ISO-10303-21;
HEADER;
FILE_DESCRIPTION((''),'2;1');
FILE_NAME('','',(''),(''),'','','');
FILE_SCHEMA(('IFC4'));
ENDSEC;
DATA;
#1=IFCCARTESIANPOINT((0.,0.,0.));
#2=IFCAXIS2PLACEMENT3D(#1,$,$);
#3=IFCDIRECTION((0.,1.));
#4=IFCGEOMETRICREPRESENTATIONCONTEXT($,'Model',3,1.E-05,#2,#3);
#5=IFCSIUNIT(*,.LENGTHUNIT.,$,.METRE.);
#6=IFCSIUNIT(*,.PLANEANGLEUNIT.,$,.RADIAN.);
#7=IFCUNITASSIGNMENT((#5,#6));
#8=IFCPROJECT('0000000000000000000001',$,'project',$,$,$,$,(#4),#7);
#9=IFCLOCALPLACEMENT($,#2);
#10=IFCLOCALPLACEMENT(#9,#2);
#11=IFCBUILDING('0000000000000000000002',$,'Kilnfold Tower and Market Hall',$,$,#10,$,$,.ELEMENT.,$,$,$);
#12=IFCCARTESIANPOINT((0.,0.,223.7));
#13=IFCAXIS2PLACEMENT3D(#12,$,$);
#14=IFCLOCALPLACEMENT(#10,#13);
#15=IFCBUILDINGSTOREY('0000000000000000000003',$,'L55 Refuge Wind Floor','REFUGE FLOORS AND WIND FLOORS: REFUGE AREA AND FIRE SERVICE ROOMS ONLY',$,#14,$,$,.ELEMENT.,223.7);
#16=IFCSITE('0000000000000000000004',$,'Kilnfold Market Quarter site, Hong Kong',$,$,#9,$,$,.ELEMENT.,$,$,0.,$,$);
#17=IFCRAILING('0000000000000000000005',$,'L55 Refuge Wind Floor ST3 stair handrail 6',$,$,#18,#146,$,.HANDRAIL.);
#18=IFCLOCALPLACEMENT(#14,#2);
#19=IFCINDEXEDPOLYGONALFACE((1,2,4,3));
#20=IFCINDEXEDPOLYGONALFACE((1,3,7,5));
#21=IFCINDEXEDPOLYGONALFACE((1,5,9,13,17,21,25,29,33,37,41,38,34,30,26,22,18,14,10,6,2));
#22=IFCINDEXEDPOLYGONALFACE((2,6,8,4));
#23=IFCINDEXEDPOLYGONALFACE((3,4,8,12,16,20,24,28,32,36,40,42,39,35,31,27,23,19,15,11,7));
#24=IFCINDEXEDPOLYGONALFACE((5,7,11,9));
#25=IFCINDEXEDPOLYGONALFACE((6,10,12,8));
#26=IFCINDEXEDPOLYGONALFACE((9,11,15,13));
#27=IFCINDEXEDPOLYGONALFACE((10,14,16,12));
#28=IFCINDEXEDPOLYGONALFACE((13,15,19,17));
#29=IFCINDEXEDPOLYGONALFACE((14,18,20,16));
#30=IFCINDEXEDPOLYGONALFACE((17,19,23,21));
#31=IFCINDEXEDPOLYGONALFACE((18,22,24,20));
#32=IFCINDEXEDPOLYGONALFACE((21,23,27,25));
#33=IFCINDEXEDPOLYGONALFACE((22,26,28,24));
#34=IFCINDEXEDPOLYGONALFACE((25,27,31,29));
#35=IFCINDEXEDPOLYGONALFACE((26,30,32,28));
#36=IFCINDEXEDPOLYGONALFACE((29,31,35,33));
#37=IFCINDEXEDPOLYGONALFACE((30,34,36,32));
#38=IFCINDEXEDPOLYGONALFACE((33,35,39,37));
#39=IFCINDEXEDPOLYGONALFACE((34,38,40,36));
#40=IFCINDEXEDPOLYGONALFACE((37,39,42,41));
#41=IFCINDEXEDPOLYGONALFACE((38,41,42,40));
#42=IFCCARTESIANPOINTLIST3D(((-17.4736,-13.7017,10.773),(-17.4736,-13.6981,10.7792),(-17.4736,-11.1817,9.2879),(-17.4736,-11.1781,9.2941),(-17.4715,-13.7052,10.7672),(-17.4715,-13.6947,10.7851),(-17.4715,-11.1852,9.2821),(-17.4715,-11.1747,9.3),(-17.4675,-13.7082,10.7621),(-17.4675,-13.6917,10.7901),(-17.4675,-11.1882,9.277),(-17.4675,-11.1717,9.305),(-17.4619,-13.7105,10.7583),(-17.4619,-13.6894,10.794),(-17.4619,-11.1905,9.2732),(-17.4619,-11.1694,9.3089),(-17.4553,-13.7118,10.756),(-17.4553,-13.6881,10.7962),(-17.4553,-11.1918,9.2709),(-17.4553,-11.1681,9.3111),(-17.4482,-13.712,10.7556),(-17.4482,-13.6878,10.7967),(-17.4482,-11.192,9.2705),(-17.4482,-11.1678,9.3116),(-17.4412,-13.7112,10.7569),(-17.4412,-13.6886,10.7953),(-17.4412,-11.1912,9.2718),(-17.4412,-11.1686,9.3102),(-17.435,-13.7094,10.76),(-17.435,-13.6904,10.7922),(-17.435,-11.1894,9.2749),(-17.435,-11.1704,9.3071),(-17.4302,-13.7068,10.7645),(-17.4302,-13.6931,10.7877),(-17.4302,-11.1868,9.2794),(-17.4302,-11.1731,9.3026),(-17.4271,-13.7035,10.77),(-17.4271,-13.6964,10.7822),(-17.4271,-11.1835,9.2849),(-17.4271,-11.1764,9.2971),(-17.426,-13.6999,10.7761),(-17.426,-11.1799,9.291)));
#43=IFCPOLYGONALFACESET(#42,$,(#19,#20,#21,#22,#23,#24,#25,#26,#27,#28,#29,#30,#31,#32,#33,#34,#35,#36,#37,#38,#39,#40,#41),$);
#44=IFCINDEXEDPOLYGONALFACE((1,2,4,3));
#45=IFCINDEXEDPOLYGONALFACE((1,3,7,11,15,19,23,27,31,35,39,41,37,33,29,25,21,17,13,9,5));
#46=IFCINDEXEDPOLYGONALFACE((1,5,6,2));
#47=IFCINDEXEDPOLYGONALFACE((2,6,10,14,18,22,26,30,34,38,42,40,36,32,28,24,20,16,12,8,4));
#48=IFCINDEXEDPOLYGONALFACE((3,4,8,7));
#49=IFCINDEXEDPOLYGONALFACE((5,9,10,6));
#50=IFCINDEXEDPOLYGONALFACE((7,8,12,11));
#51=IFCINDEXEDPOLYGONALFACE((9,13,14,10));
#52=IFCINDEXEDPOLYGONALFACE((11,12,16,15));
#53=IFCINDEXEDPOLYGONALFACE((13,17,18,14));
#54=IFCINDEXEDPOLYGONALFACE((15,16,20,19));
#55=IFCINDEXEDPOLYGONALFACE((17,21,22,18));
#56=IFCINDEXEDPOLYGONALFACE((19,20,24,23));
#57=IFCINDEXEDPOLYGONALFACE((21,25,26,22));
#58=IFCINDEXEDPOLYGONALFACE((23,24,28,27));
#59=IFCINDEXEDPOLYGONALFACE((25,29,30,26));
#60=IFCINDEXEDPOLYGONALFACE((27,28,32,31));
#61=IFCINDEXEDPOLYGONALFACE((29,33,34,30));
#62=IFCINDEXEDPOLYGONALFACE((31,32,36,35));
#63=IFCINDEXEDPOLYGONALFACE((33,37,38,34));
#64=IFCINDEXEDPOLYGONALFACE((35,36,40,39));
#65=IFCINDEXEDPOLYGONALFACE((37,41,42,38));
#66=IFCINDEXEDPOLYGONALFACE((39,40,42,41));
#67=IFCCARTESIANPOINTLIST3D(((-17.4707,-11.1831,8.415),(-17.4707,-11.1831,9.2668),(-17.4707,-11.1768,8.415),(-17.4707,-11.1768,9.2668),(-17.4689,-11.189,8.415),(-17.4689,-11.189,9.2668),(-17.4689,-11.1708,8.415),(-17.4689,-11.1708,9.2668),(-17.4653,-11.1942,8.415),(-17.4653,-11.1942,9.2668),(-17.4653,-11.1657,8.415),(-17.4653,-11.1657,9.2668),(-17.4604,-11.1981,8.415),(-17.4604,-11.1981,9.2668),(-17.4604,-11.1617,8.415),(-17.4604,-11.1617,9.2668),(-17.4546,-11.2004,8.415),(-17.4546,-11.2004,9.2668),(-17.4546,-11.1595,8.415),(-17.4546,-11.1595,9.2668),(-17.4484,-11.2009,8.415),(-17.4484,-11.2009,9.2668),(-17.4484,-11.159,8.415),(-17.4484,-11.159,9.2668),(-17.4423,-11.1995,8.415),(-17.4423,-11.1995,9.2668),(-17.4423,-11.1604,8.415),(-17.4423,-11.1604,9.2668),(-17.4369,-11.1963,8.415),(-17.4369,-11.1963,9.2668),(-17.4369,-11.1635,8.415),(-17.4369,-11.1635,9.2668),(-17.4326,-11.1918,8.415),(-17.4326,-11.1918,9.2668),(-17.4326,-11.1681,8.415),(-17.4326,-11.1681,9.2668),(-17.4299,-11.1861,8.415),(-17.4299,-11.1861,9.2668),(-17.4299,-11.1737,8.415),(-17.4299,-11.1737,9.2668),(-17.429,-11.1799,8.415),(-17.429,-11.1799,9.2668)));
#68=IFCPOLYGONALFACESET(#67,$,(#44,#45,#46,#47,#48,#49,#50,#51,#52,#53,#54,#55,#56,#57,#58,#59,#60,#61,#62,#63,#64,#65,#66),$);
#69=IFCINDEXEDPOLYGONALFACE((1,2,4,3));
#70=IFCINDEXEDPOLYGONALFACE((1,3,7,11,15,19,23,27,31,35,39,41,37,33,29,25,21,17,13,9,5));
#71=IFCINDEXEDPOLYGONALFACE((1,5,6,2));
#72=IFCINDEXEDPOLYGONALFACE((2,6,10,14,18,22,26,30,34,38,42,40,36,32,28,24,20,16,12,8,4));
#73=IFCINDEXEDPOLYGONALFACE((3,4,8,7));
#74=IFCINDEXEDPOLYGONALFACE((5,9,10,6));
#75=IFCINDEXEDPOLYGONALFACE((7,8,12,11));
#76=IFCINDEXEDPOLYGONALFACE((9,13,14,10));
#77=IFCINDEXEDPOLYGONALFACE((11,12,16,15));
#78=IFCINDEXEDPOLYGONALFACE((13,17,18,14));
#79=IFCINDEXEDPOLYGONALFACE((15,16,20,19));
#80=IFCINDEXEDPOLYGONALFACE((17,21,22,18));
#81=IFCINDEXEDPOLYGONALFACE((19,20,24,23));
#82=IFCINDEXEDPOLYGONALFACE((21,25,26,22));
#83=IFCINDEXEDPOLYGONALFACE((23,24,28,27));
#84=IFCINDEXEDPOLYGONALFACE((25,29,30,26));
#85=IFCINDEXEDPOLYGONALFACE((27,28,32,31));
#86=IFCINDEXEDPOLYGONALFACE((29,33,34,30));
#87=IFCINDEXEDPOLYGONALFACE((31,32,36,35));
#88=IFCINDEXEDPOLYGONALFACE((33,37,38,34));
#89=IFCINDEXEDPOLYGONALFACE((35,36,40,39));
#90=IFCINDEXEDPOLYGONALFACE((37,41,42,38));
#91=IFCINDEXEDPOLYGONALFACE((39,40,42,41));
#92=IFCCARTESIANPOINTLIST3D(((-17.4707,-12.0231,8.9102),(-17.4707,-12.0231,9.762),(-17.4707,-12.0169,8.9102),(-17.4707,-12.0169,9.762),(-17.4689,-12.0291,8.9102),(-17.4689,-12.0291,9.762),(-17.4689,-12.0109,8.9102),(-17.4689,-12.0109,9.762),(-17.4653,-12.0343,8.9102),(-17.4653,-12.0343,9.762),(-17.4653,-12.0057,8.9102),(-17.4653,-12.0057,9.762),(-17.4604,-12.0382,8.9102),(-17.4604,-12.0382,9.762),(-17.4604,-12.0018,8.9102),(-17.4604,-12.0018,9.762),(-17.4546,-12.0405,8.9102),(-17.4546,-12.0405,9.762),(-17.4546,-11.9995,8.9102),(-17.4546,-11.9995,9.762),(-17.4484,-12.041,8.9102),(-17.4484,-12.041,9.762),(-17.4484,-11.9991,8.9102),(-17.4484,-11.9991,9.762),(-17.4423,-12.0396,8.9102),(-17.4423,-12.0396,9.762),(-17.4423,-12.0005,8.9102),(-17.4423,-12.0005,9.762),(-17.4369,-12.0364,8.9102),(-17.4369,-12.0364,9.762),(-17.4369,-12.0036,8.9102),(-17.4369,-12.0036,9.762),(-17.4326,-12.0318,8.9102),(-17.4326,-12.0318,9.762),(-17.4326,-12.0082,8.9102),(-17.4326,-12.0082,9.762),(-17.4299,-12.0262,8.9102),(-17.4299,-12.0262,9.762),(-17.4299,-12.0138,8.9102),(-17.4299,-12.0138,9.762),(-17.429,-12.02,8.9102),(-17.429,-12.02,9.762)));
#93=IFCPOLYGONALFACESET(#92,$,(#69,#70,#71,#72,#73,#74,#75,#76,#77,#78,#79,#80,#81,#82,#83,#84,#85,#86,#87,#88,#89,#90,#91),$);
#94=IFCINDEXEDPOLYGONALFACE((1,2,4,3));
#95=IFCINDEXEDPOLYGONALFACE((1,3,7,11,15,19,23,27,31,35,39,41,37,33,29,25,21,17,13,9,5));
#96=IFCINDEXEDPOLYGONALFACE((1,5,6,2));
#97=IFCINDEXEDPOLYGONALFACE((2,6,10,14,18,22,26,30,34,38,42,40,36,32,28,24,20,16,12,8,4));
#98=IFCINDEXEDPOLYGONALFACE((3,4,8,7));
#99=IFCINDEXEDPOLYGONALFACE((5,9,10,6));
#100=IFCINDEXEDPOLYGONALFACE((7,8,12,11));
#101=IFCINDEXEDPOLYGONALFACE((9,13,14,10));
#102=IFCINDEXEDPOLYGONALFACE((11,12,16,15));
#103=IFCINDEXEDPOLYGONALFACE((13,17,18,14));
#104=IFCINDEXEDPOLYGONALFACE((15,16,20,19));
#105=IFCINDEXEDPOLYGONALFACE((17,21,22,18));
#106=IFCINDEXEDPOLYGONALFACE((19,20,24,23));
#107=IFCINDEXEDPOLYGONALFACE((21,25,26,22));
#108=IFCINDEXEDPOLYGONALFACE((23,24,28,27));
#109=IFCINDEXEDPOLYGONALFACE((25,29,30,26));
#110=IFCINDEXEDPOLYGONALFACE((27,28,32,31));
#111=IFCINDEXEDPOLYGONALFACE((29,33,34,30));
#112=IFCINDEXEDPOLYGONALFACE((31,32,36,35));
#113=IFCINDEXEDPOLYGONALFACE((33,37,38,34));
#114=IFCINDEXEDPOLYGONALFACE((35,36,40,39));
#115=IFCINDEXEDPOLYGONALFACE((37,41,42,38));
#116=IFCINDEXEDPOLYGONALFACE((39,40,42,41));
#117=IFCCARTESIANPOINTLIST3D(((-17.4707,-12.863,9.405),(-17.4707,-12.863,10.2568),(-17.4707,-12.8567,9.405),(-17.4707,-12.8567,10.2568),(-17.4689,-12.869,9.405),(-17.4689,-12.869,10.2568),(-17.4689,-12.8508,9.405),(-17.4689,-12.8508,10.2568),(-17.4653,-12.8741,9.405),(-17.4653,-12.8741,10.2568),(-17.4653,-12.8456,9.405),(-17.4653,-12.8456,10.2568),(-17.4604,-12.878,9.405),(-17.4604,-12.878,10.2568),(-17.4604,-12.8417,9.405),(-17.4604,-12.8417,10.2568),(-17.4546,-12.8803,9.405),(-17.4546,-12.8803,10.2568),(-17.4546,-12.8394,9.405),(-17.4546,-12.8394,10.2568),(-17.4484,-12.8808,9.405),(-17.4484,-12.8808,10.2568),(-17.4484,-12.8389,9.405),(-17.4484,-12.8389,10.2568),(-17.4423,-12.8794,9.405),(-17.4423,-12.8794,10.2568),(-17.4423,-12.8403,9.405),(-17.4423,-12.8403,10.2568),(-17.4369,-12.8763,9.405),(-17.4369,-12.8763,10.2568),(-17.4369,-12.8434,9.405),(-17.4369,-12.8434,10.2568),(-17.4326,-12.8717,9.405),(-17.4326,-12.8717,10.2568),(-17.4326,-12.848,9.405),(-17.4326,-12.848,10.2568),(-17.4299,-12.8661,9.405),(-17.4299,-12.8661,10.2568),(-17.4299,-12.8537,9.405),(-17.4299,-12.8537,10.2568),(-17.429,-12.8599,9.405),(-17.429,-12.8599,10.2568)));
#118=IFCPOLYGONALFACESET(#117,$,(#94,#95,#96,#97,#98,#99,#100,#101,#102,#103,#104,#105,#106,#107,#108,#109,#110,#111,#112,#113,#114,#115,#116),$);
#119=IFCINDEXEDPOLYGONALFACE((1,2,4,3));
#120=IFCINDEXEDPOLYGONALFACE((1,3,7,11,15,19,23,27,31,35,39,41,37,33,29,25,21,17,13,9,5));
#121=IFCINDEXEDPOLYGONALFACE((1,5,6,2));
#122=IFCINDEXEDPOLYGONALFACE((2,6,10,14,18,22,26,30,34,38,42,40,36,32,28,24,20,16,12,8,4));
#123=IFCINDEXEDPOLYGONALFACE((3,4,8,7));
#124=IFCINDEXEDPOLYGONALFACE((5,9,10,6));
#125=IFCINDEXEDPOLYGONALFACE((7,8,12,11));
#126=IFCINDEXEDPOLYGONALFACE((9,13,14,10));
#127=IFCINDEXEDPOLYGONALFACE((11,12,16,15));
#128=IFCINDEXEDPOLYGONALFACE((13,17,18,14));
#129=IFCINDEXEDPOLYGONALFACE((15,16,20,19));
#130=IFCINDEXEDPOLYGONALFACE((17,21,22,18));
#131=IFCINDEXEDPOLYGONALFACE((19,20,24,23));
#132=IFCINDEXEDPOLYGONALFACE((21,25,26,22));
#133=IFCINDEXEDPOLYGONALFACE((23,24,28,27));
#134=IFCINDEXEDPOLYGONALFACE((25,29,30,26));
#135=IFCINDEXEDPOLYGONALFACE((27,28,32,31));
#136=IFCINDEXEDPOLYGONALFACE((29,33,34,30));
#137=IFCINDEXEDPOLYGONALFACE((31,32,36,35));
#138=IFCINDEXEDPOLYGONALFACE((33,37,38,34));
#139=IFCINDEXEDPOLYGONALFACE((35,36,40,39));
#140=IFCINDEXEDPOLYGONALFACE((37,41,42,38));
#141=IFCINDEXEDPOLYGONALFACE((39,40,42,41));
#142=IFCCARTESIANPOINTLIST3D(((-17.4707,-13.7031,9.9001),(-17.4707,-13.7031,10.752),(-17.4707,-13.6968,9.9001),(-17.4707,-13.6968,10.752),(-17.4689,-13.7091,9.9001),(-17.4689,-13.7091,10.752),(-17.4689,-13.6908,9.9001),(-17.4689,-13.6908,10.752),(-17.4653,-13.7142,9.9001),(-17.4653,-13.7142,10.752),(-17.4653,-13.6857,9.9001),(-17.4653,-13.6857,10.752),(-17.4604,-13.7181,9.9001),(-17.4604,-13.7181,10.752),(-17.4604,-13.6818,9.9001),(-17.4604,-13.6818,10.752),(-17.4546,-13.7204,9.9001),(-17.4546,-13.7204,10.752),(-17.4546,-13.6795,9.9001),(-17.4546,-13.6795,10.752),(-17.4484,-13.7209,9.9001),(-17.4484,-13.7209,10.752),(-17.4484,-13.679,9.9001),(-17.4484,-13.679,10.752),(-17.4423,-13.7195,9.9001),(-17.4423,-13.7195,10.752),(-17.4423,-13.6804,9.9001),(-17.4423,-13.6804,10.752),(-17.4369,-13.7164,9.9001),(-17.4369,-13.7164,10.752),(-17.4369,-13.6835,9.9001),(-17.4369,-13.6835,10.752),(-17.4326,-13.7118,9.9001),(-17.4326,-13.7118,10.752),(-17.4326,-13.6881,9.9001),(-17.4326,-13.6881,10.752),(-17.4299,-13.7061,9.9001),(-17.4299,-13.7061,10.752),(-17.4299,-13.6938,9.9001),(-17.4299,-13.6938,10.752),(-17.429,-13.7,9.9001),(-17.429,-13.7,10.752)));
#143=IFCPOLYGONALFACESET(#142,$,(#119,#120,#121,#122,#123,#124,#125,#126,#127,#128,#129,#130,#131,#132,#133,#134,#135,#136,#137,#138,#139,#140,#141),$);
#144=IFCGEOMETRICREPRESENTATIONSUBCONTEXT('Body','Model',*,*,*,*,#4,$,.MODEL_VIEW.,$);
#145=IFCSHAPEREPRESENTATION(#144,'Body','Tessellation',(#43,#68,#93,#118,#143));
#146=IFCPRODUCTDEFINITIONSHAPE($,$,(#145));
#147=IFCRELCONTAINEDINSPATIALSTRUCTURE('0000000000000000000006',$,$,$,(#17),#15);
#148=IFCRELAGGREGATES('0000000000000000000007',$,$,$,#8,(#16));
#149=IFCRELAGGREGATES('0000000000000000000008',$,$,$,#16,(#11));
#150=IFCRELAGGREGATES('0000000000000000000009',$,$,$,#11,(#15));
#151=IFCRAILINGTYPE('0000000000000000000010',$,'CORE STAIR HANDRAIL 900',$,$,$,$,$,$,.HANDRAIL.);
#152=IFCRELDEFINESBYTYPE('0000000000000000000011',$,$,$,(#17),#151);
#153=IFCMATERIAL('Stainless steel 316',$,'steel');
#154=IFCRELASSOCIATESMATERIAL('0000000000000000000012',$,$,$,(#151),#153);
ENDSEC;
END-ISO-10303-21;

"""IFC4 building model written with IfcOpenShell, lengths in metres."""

from ifc_helpers import new_model, si_unit, direction, frame, origin, origin_2d, place, context, subcontext, project, spatial, circle, extrude, material, type_object, element, save


model = new_model("IFC4")

# Units and contexts
model_context = context("Model", 3, precision=1e-05, world=origin(), true_north=direction((0.0, 1.0)))
body_context = subcontext(model_context, "Body", "Model", "MODEL_VIEW")
ifc_project = project(units=[si_unit("LENGTHUNIT", "METRE"), si_unit("PLANEANGLEUNIT", "RADIAN")], contexts=[model_context])

# Site, building, storey
site_placement = place(None, origin())
site = spatial("IfcSite", under=ifc_project, at=site_placement, Name="Kilnfold Market Quarter site, Hong Kong", CompositionType="ELEMENT", RefElevation=0.0)
building_placement = place(site_placement, origin())
building = spatial("IfcBuilding", under=site, at=building_placement, Name="Kilnfold Tower and Market Hall", CompositionType="ELEMENT")
storey_placement = place(building_placement, frame((0.0, 0.0, 223.7)))
storey = spatial("IfcBuildingStorey", under=building, at=storey_placement, Name="L55 Refuge Wind Floor", Description="REFUGE FLOORS AND WIND FLOORS: REFUGE AREA AND FIRE SERVICE ROOMS ONLY", CompositionType="ELEMENT", Elevation=223.7)

# Railing
ifc_material_1 = material(Name="Stainless steel 316", Category="steel")
railing_type = type_object("IfcRailingType", Name="CORE STAIR HANDRAIL 900", PredefinedType="HANDRAIL", material=ifc_material_1)
railing_1_placement = place(storey_placement, frame((-17.45, -11.1799, 8.415)))
element("IfcRailing", 1, at=railing_1_placement, inside=storey, type_object=railing_type, Name="L55 Refuge Wind Floor ST3 stair handrail 6", PredefinedType="HANDRAIL", context=body_context, shape_type="SweptSolid", body=[
    extrude(circle(Radius=0.0239, at=origin_2d()), frame((0.0, 0.0, 0.876), z_axis=(0.0, -0.861524, 0.507717), x_axis=(1.0, 0.0, 0.0)), (0.0, 0.0, 1.0), 2.925),
    extrude(circle(Radius=0.021, at=origin_2d()), origin(), (0.0, 0.0, 1.0), 0.8518),
    extrude(circle(Radius=0.021, at=origin_2d()), frame((0.0, -0.8401, 0.4951)), (0.0, 0.0, 1.0), 0.8518),
    extrude(circle(Radius=0.021, at=origin_2d()), frame((0.0, -1.6799, 0.99)), (0.0, 0.0, 1.0), 0.8518),
    extrude(circle(Radius=0.021, at=origin_2d()), frame((0.0, -2.52, 1.4851)), (0.0, 0.0, 1.0), 0.8518),
])

save(model, "model.ifc")
